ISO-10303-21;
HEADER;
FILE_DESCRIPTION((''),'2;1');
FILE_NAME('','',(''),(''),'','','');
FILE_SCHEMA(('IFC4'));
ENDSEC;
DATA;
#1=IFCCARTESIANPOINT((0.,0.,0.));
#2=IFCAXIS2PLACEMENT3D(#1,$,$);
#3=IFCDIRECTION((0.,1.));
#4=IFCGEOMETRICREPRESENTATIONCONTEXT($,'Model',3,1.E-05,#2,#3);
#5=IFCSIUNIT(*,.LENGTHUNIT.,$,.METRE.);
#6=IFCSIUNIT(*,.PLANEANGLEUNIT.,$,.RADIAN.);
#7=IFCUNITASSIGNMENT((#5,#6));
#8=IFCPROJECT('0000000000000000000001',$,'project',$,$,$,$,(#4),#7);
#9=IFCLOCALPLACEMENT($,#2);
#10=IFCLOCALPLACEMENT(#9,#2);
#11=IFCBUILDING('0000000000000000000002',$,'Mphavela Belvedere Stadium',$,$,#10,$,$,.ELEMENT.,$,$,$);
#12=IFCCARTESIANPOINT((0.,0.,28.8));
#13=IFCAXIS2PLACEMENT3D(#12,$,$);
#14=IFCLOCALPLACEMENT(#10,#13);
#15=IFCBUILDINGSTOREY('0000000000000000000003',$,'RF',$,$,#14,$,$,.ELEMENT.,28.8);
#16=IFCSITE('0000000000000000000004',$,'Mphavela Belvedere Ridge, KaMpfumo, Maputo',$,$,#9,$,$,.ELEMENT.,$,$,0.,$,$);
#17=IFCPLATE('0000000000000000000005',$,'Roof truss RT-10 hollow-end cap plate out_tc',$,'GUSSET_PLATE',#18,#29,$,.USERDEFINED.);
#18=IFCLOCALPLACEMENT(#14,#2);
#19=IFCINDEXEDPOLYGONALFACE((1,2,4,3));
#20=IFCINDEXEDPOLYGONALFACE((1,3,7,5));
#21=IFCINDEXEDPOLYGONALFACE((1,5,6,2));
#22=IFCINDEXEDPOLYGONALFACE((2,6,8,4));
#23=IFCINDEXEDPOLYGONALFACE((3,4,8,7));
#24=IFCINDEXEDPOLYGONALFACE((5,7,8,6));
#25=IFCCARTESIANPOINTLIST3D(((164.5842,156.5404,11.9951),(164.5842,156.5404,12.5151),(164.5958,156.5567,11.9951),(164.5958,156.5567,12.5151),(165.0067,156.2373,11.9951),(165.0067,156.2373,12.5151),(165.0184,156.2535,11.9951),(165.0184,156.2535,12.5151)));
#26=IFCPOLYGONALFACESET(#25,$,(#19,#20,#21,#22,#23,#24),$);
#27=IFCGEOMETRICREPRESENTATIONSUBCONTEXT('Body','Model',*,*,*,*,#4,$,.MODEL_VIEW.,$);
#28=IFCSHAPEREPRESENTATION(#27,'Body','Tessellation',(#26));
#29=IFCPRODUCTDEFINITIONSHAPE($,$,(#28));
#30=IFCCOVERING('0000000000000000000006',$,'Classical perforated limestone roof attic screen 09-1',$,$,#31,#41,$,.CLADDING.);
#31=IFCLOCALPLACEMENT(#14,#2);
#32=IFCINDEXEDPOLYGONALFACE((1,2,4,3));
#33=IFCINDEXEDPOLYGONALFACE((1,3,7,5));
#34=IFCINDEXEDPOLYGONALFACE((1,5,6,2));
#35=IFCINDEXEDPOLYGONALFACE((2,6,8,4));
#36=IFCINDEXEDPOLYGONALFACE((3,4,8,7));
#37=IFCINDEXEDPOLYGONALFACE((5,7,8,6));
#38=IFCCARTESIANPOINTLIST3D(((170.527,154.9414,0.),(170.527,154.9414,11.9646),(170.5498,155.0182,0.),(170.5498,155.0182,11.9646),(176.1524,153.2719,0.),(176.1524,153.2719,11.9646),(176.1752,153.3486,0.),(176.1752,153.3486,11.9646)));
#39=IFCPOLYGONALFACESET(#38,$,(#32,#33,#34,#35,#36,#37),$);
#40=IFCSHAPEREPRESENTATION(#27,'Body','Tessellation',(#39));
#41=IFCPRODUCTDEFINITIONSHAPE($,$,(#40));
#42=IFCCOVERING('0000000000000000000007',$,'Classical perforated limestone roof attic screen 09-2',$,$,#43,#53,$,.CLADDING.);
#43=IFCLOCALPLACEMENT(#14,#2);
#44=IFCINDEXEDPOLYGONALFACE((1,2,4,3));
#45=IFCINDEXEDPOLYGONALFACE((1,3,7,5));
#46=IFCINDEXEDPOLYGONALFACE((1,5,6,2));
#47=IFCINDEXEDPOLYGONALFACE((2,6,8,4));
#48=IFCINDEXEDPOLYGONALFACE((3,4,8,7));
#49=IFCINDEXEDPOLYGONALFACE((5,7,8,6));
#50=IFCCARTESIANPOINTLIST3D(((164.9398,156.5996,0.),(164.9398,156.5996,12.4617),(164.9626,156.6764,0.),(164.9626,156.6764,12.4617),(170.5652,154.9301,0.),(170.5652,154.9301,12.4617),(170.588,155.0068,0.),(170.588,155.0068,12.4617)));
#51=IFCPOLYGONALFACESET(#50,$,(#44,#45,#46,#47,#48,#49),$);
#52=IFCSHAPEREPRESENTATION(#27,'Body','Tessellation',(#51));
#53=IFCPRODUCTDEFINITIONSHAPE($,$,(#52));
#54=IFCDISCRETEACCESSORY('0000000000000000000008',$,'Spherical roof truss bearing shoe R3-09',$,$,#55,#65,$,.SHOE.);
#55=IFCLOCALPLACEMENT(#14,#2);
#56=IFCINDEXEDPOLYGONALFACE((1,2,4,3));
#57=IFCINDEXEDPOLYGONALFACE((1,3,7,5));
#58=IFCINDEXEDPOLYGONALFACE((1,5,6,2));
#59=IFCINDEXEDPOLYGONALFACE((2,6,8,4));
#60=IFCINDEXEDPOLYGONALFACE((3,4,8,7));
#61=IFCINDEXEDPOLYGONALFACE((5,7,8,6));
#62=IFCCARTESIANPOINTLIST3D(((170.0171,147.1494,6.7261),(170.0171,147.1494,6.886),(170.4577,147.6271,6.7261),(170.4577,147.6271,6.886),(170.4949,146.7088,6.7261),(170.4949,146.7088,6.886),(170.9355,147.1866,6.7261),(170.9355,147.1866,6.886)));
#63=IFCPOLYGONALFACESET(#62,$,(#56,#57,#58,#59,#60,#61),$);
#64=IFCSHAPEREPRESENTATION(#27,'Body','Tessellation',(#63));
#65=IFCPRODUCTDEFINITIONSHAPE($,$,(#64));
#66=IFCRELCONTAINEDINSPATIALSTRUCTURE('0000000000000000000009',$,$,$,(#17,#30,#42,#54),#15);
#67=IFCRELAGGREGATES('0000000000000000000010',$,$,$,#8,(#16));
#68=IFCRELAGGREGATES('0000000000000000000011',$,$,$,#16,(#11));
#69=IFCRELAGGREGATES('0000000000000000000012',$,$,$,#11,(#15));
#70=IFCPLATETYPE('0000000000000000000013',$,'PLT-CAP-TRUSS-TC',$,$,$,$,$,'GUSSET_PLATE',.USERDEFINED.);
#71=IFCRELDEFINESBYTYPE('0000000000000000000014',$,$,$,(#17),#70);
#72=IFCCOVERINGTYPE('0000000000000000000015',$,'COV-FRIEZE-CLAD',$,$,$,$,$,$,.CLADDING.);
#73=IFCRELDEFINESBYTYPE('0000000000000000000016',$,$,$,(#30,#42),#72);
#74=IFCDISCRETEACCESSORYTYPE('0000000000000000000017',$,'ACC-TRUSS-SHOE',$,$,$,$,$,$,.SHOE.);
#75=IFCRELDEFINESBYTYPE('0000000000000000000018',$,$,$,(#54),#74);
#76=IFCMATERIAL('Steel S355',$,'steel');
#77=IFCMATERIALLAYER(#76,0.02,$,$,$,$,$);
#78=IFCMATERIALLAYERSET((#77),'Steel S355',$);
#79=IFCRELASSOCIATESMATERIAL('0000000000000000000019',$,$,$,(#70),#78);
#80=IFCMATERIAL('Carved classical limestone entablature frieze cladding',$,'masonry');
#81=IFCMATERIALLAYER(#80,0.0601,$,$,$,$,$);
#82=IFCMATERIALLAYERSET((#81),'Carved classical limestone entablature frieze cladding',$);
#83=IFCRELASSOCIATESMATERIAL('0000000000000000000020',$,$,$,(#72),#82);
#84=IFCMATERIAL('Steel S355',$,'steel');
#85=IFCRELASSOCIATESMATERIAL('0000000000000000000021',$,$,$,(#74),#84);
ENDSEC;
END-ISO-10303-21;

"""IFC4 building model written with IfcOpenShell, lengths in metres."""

from ifc_helpers import new_model, si_unit, direction, frame, origin, origin_2d, place, context, subcontext, project, spatial, rectangle, extrude, material, layer, layer_set, type_object, element, save


model = new_model("IFC4")

# Units and contexts
model_context = context("Model", 3, precision=1e-05, world=origin(), true_north=direction((0.0, 1.0)))
body_context = subcontext(model_context, "Body", "Model", "MODEL_VIEW")
ifc_project = project(units=[si_unit("LENGTHUNIT", "METRE"), si_unit("PLANEANGLEUNIT", "RADIAN")], contexts=[model_context])

# Site, building, storey
site_placement = place(None, origin())
site = spatial("IfcSite", under=ifc_project, at=site_placement, Name="Mphavela Belvedere Ridge, KaMpfumo, Maputo", CompositionType="ELEMENT", RefElevation=0.0)
building_placement = place(site_placement, origin())
building = spatial("IfcBuilding", under=site, at=building_placement, Name="Mphavela Belvedere Stadium", CompositionType="ELEMENT")
storey_placement = place(building_placement, frame((0.0, 0.0, 28.8)))
storey = spatial("IfcBuildingStorey", under=building, at=storey_placement, Name="RF", CompositionType="ELEMENT", Elevation=28.8)

# Plate
ifc_material_1 = material(Name="Steel S355", Category="steel")
ifc_layer_1 = layer(ifc_material_1, 0.02)
ifc_layer_set_1 = layer_set([ifc_layer_1], Name="Steel S355")
plate_type_1 = type_object("IfcPlateType", Name="PLT-CAP-TRUSS-TC", ElementType="GUSSET_PLATE", PredefinedType="USERDEFINED", material=ifc_layer_set_1)
for number, where, z_axis, x_axis, name in (
    (1, (164.8013, 156.397, 11.9951), (0.0, 0.0, 1.0), (0.582974, 0.812491, 0.0), "Roof truss RT-10 hollow-end cap plate out_tc"),
):
    element("IfcPlate", number, at=place(storey_placement, frame(where, z_axis=z_axis, x_axis=x_axis)), inside=storey, type_object=plate_type_1, Name=name, ObjectType="GUSSET_PLATE", PredefinedType="USERDEFINED", context=body_context, shape_type="SweptSolid", body=[
        extrude(rectangle(XDim=0.02, YDim=0.52, at=origin_2d()), origin(), (0.0, 0.0, 1.0), 0.52),
    ])

# Coverings
ifc_material_2 = material(Name="Carved classical limestone entablature frieze cladding", Category="masonry")
ifc_layer_2 = layer(ifc_material_2, 0.0601)
ifc_layer_set_2 = layer_set([ifc_layer_2], Name="Carved classical limestone entablature frieze cladding")
covering_type = type_object("IfcCoveringType", Name="COV-FRIEZE-CLAD", PredefinedType="CLADDING", material=ifc_layer_set_2)
covering_1_placement = place(storey_placement, frame((173.3511, 154.145, 0.0), z_axis=(0.0, 0.0, 1.0), x_axis=(-0.958671, 0.284517, 0.0)))
element("IfcCovering", 2, at=covering_1_placement, inside=storey, type_object=covering_type, Name="Classical perforated limestone roof attic screen 09-1", PredefinedType="CLADDING", context=body_context, shape_type="SweptSolid", body=[
    extrude(rectangle(XDim=5.8679, YDim=0.0801, at=origin_2d()), origin(), (0.0, 0.0, 1.0), 11.9646),
])
covering_2_placement = place(storey_placement, frame((167.7639, 155.8032, 0.0), z_axis=(0.0, 0.0, 1.0), x_axis=(-0.958671, 0.284517, 0.0)))
element("IfcCovering", 3, at=covering_2_placement, inside=storey, type_object=covering_type, Name="Classical perforated limestone roof attic screen 09-2", PredefinedType="CLADDING", context=body_context, shape_type="SweptSolid", body=[
    extrude(rectangle(XDim=5.8679, YDim=0.0801, at=origin_2d()), origin(), (0.0, 0.0, 1.0), 12.4617),
])

# Discrete accessory
ifc_material_3 = material(Name="Steel S355", Category="steel")
discrete_accessory_type = type_object("IfcDiscreteAccessoryType", Name="ACC-TRUSS-SHOE", PredefinedType="SHOE", material=ifc_material_3)
discrete_accessory_placement = place(storey_placement, frame((170.4763, 147.168, 6.7261), z_axis=(0.0, 0.0, 1.0), x_axis=(0.677903, 0.735151, 0.0)))
element("IfcDiscreteAccessory", 4, at=discrete_accessory_placement, inside=storey, type_object=discrete_accessory_type, Name="Spherical roof truss bearing shoe R3-09", PredefinedType="SHOE", context=body_context, shape_type="SweptSolid", body=[
    extrude(rectangle(XDim=0.6499, YDim=0.6499, at=origin_2d()), origin(), (0.0, 0.0, 1.0), 0.1599),
])

save(model, "model.ifc")
